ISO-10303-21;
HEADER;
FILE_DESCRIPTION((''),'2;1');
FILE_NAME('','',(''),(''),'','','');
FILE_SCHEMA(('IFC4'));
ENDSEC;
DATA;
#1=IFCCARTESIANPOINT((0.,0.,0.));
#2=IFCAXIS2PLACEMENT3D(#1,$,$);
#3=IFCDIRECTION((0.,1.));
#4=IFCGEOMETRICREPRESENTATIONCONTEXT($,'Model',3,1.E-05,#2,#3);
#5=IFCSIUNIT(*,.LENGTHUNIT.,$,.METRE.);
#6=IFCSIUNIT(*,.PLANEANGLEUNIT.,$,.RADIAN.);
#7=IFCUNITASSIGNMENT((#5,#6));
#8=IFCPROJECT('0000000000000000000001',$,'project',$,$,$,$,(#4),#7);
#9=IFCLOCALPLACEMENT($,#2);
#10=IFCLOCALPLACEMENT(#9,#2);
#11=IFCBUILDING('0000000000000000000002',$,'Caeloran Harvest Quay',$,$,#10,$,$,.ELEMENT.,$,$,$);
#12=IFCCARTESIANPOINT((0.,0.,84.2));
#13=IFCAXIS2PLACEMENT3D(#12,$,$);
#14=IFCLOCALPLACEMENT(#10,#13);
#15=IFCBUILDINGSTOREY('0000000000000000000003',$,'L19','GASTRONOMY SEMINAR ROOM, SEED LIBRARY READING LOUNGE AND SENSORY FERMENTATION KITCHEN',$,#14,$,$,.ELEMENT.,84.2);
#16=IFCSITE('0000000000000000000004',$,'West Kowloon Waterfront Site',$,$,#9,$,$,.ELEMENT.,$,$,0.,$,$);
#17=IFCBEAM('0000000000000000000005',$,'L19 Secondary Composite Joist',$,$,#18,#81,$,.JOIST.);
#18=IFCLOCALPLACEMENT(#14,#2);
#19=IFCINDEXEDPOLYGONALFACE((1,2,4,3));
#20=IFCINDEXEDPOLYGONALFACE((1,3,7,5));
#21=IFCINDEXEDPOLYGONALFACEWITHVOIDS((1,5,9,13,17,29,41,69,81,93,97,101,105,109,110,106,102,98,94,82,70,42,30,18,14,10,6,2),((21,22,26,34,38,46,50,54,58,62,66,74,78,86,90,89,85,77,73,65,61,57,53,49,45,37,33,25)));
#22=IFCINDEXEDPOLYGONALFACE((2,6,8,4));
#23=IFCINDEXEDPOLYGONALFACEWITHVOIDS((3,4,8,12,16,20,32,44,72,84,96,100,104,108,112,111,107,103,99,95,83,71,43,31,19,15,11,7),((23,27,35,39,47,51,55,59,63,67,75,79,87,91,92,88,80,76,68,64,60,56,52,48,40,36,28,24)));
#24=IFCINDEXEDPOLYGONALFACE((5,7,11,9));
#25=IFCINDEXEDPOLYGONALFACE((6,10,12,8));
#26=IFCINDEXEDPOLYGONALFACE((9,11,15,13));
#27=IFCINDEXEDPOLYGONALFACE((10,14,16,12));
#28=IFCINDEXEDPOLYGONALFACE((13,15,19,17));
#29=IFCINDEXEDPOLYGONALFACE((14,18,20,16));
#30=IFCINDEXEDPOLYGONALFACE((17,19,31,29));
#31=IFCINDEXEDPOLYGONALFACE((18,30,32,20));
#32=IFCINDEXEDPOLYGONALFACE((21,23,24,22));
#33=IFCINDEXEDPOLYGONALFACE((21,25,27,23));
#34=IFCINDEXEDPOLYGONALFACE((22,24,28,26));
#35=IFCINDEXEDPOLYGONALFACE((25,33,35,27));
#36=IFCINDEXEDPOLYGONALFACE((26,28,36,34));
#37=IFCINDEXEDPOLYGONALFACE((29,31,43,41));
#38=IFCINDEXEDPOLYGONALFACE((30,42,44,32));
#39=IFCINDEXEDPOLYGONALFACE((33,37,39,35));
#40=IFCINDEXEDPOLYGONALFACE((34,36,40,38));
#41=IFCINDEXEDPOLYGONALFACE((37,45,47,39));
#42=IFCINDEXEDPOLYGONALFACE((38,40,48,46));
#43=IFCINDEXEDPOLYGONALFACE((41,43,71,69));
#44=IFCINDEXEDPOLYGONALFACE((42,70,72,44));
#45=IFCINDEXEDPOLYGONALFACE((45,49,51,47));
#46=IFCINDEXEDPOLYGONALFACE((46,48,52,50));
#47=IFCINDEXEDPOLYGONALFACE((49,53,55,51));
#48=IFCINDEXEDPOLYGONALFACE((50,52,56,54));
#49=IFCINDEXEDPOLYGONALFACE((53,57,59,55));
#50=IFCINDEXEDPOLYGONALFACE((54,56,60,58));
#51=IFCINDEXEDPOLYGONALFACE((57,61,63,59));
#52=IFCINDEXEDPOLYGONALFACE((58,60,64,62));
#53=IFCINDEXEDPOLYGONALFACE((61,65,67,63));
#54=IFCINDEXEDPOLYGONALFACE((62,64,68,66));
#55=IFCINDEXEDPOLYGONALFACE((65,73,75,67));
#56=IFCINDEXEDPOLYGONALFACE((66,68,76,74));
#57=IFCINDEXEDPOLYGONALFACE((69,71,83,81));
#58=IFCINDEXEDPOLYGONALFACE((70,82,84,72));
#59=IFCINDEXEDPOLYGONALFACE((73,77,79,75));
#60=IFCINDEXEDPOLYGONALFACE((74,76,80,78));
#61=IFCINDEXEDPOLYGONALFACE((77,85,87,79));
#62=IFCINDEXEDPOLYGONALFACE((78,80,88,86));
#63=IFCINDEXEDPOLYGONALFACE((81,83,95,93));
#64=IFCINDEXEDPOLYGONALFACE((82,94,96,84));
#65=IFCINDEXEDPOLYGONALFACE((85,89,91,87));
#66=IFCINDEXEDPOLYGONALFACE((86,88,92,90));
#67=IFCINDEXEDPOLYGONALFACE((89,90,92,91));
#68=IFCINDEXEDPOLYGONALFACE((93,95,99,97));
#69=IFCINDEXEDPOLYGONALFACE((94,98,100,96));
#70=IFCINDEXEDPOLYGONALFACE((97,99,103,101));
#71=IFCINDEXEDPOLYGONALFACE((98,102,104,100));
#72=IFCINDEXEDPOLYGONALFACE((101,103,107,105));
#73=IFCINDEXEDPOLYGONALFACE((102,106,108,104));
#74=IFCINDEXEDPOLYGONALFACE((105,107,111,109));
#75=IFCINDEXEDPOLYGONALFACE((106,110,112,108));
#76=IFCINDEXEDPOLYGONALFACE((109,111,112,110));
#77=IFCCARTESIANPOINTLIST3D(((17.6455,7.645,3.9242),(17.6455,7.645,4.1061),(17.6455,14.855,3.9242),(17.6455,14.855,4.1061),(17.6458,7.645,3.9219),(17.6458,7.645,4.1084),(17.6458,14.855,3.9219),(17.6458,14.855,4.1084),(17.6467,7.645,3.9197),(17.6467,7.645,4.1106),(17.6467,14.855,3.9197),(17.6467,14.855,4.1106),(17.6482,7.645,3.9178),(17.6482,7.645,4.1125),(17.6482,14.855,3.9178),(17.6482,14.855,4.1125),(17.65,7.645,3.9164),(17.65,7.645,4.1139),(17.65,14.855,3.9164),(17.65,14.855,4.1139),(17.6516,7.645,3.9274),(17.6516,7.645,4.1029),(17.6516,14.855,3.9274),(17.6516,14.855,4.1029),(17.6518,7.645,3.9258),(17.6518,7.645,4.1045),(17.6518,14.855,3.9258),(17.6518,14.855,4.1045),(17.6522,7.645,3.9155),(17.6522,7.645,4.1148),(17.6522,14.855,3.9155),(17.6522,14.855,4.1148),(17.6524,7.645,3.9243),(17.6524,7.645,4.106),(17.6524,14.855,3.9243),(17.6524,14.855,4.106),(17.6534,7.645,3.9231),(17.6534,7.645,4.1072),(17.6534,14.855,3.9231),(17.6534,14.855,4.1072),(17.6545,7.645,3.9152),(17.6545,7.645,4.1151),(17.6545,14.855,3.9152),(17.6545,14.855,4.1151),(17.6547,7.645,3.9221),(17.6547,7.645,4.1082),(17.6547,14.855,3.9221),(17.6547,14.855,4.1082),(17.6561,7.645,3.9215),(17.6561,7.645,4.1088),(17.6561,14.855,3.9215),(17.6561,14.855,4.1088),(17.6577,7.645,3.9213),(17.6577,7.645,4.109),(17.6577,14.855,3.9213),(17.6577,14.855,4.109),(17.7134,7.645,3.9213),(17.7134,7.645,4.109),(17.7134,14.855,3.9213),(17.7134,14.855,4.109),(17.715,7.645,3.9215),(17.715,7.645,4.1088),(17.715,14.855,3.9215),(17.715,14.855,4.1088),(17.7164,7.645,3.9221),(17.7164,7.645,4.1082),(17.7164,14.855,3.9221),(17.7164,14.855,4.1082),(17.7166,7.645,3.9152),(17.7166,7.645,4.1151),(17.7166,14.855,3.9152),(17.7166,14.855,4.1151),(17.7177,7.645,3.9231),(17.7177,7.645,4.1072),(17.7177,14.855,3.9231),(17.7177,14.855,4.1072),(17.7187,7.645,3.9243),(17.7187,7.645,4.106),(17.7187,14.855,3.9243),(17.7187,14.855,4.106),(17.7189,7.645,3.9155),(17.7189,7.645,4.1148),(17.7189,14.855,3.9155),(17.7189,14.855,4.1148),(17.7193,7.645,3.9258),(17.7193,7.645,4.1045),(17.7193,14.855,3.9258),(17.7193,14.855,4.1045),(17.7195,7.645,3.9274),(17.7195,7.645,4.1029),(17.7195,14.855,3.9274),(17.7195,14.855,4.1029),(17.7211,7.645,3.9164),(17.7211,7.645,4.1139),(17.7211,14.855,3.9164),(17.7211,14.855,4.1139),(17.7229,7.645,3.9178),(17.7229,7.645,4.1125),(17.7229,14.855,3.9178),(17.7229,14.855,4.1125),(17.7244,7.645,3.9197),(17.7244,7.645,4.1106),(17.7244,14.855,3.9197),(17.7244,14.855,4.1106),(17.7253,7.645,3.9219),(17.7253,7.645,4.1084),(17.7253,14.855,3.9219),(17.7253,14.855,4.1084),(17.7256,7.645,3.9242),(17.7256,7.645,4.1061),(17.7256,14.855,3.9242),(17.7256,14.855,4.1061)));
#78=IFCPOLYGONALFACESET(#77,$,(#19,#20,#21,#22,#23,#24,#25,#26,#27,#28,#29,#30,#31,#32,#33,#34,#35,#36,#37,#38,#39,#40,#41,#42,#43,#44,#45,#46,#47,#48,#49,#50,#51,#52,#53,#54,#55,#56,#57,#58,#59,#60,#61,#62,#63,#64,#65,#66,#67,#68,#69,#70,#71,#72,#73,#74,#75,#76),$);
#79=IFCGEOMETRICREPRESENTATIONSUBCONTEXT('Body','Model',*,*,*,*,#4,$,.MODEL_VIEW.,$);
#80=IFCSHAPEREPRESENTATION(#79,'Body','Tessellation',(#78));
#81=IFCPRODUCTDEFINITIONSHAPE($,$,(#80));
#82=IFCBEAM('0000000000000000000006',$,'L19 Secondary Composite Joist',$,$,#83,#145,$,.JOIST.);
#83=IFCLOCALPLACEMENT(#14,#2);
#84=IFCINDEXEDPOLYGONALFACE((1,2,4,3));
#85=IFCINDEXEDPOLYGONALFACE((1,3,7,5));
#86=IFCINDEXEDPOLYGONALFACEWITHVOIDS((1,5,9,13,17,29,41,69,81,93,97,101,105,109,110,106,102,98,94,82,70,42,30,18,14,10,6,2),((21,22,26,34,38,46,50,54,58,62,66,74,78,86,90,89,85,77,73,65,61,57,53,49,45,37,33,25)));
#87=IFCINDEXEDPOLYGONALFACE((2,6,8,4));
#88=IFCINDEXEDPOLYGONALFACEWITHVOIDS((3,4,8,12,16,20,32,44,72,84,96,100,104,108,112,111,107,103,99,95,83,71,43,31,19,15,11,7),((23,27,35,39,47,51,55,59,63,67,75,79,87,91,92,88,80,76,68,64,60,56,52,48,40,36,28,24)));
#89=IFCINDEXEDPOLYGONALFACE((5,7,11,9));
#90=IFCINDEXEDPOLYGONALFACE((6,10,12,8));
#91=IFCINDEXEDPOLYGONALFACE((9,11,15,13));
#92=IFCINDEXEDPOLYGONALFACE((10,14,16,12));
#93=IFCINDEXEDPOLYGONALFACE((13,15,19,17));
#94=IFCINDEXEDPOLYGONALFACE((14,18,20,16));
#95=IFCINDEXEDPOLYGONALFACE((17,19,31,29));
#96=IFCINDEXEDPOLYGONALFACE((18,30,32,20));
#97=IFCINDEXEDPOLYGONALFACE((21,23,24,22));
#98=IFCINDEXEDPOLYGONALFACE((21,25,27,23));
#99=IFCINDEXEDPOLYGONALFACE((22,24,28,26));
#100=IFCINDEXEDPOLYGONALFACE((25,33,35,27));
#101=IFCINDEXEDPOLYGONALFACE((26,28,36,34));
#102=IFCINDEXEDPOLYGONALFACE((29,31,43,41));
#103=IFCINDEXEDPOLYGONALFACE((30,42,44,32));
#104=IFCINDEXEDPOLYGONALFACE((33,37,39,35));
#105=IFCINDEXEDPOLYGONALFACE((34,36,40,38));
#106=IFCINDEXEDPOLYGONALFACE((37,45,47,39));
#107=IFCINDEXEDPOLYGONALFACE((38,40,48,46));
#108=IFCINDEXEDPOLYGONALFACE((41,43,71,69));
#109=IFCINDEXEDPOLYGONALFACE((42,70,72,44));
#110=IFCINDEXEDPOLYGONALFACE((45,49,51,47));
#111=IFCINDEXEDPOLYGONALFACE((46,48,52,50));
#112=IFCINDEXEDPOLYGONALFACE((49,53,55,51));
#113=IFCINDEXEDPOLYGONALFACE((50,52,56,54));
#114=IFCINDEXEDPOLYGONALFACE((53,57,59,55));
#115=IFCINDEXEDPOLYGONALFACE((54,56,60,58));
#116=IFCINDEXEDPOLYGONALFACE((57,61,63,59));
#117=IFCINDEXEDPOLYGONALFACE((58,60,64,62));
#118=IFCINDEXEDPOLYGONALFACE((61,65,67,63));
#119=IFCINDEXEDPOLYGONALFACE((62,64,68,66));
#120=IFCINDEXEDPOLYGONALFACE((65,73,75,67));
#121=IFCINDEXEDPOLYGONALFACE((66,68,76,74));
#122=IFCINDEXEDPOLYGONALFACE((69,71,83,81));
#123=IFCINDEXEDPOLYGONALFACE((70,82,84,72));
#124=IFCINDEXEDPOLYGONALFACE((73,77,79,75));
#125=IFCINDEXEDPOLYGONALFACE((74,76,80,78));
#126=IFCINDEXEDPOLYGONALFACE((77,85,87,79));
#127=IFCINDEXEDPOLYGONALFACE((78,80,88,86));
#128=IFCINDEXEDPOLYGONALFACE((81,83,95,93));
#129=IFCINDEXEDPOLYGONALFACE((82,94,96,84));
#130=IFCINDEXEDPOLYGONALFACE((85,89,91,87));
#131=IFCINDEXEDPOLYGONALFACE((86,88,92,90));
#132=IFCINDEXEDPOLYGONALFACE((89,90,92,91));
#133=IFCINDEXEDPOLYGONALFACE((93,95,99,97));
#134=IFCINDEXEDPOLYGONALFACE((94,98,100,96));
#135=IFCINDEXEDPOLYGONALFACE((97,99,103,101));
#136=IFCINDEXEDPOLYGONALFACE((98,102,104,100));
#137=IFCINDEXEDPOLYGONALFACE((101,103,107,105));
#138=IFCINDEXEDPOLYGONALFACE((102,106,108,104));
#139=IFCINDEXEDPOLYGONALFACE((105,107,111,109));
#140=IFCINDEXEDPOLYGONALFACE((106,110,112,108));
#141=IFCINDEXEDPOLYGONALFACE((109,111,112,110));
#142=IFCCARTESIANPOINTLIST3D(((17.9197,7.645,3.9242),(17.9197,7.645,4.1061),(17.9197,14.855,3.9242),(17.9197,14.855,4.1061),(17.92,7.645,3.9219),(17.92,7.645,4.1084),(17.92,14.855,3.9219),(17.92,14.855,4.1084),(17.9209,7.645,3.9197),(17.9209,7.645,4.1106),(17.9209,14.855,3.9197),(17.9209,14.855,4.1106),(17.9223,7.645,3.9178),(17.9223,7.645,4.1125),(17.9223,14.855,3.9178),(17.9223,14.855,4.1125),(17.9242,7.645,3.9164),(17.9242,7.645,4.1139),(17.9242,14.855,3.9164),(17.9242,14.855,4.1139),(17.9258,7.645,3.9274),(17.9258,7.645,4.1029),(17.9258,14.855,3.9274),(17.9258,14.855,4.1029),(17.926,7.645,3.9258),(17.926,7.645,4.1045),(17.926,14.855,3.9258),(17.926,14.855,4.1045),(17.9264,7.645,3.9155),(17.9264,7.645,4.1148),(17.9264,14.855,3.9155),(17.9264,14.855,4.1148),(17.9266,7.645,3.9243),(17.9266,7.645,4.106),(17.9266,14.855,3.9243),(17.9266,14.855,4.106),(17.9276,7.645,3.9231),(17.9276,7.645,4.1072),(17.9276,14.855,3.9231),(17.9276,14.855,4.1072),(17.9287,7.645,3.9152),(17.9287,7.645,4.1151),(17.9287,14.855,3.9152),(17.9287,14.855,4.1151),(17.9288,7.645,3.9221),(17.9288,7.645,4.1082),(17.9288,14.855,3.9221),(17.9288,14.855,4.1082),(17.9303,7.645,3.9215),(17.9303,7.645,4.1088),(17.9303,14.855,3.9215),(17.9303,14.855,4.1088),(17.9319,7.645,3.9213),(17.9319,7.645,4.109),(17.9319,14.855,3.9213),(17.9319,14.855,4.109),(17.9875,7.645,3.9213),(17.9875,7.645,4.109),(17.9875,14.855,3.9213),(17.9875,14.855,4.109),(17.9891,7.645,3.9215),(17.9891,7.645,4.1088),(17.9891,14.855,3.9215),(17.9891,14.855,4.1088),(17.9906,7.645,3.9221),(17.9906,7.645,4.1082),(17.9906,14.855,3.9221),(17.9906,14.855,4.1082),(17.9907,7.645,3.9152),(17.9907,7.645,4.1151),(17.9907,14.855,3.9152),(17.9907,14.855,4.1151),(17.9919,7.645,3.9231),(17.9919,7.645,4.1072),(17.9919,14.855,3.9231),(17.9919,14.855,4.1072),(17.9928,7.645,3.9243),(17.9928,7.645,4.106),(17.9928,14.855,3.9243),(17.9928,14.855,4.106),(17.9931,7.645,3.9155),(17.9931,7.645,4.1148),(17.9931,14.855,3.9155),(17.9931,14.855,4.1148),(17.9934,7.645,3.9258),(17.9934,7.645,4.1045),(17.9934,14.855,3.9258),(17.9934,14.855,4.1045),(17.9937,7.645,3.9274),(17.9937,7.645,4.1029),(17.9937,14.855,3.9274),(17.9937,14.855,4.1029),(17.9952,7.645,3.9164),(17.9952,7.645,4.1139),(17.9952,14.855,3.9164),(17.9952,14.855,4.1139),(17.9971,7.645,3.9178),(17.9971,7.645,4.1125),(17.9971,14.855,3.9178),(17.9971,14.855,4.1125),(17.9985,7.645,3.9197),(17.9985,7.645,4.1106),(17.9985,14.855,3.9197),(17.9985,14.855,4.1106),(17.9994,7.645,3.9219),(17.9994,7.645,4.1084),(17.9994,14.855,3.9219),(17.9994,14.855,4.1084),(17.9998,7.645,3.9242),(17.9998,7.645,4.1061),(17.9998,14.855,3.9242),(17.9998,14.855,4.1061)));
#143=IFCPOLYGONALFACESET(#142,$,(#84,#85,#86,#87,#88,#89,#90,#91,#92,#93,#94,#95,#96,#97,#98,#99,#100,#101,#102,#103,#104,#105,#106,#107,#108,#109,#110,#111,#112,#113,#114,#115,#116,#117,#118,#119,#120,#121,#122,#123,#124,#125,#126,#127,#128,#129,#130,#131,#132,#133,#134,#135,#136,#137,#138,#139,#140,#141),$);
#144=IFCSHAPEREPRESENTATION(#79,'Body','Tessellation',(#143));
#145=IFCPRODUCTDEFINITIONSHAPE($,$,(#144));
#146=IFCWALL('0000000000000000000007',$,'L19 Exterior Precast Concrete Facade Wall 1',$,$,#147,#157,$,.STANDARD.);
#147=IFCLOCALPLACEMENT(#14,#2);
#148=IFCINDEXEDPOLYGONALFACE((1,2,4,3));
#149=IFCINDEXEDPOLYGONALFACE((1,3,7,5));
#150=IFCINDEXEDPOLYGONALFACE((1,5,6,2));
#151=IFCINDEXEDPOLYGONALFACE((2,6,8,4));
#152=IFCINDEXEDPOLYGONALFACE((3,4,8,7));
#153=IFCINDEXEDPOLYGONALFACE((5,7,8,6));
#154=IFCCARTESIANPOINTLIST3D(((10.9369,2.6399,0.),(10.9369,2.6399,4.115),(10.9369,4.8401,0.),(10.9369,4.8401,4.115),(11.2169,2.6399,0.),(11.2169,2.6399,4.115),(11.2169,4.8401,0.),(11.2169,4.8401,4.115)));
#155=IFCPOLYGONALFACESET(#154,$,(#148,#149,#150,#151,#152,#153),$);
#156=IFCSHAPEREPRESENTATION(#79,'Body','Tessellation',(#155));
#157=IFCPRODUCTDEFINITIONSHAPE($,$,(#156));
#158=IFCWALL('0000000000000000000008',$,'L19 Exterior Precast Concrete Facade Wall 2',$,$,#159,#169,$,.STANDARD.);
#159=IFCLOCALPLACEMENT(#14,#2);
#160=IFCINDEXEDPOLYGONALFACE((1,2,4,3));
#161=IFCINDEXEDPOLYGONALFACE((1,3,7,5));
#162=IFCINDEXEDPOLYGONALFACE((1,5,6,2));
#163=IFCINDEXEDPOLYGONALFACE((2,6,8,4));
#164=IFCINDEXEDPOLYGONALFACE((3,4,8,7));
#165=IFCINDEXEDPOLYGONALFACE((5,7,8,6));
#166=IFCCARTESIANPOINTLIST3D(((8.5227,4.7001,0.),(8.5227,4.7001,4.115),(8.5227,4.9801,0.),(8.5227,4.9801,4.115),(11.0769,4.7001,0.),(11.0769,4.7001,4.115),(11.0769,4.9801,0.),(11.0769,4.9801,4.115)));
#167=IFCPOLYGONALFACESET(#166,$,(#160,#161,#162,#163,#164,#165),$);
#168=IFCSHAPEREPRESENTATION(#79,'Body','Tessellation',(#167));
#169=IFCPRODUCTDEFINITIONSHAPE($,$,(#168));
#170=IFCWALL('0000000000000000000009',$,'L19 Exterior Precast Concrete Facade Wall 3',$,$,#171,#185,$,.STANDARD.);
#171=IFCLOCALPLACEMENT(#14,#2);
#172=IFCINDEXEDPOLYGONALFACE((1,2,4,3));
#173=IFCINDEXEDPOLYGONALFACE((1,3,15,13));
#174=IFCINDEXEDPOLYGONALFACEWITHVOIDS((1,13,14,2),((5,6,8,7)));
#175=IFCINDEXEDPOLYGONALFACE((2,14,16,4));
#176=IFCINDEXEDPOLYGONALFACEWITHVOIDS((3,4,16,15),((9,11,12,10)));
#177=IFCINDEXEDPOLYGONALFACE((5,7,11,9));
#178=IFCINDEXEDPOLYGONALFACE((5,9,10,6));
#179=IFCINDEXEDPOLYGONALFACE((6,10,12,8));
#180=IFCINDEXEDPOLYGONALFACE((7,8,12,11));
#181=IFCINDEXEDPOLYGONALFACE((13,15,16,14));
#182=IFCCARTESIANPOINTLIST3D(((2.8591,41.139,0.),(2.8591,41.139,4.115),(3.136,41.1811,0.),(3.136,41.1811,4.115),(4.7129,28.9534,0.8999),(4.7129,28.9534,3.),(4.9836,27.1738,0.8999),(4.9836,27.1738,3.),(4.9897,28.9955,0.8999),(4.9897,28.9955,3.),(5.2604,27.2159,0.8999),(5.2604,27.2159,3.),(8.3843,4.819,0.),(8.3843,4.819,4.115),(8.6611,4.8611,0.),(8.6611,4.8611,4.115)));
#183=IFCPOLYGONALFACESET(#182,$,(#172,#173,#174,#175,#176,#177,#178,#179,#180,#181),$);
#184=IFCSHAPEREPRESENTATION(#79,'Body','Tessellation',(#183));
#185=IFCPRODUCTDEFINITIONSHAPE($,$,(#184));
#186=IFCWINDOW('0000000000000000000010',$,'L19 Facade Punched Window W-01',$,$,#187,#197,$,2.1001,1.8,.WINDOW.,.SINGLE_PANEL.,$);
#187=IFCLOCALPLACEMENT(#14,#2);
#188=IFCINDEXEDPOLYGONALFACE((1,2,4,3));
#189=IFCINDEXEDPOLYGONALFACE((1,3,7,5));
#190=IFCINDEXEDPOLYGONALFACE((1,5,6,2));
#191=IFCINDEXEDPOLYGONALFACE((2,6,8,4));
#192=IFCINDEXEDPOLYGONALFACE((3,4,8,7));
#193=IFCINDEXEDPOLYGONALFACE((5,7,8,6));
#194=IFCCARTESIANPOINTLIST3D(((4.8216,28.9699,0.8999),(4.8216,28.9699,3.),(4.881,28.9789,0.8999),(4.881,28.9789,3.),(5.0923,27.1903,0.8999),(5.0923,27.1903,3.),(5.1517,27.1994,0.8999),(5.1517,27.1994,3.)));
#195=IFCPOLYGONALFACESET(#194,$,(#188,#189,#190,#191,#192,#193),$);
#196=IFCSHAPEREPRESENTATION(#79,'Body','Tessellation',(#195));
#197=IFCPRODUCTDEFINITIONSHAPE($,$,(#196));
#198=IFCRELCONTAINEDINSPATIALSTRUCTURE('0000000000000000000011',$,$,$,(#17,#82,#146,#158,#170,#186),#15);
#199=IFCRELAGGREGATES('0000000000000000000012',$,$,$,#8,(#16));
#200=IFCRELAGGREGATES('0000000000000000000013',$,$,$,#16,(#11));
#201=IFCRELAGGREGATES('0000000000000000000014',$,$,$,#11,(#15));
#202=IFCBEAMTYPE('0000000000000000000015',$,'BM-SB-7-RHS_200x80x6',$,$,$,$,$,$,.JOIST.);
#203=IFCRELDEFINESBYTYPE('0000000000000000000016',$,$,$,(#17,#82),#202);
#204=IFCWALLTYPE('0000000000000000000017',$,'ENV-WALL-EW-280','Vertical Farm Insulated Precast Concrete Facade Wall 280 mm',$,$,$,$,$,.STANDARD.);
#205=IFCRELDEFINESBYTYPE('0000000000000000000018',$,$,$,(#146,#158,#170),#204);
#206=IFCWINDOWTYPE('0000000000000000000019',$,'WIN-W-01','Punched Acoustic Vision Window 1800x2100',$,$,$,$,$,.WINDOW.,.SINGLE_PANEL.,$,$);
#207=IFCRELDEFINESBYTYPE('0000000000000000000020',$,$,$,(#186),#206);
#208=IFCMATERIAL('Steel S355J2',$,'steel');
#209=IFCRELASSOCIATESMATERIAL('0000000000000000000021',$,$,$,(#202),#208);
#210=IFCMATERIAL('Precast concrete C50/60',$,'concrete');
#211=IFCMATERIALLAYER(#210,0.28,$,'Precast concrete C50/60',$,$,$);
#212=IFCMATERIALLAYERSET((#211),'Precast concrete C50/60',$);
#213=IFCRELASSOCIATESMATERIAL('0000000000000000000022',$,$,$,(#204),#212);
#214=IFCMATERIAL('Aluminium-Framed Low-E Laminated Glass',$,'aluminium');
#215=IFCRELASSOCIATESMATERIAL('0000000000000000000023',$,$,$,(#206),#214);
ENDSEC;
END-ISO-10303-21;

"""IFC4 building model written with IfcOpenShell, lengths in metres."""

from ifc_helpers import new_model, si_unit, direction, frame, frame_2d, origin, origin_2d, place, context, subcontext, project, spatial, rectangle, hollow_rectangle, extrude, material, layer, layer_set, material_profile, profile_set, type_object, element, fill, save


model = new_model("IFC4")

# Units and contexts
model_context = context("Model", 3, precision=1e-05, world=origin(), true_north=direction((0.0, 1.0)))
body_context = subcontext(model_context, "Body", "Model", "MODEL_VIEW")
ifc_project = project(units=[si_unit("LENGTHUNIT", "METRE"), si_unit("PLANEANGLEUNIT", "RADIAN")], contexts=[model_context])

# Site, building, storey
site_placement = place(None, origin())
site = spatial("IfcSite", under=ifc_project, at=site_placement, Name="West Kowloon Waterfront Site", CompositionType="ELEMENT", RefElevation=0.0)
building_placement = place(site_placement, origin())
building = spatial("IfcBuilding", under=site, at=building_placement, Name="Caeloran Harvest Quay", CompositionType="ELEMENT")
storey_placement = place(building_placement, frame((0.0, 0.0, 84.2)))
storey = spatial("IfcBuildingStorey", under=building, at=storey_placement, Name="L19", Description="GASTRONOMY SEMINAR ROOM, SEED LIBRARY READING LOUNGE AND SENSORY FERMENTATION KITCHEN", CompositionType="ELEMENT", Elevation=84.2)

# Beams
ifc_material_1 = material(Name="Steel S355J2", Category="steel")
ifc_material_profile_1 = material_profile(ifc_material_1, hollow_rectangle(XDim=0.0801, YDim=0.2, WallThickness=0.0061, InnerFilletRadius=0.0061, OuterFilletRadius=0.009, at=origin_2d()), Name="RHS 200x80x6")
ifc_profile_set_1 = profile_set([ifc_material_profile_1], Name="Steel S355J2")
beam_type_1 = type_object("IfcBeamType", Name="BM-SB-7-RHS_200x80x6", PredefinedType="JOIST", material=ifc_profile_set_1)
for number, where, z_axis, x_axis, name in (
    (1, (17.6855, 7.645, 4.0151), (0.0, 1.0, 0.0), (-1.0, 0.0, 0.0), "L19 Secondary Composite Joist"),
    (2, (17.9597, 7.645, 4.0151), (0.0, 1.0, 0.0), (-1.0, 0.0, 0.0), "L19 Secondary Composite Joist"),
):
    element("IfcBeam", number, at=place(storey_placement, frame(where, z_axis=z_axis, x_axis=x_axis)), inside=storey, type_object=beam_type_1, Name=name, PredefinedType="JOIST", context=body_context, shape_type="SweptSolid", body=[
        extrude(hollow_rectangle(XDim=0.0801, YDim=0.2, WallThickness=0.0061, InnerFilletRadius=0.0061, OuterFilletRadius=0.009, at=origin_2d()), origin(), (0.0, 0.0, 1.0), 7.21),
    ])

# Walls
ifc_material_2 = material(Name="Precast concrete C50/60", Category="concrete")
ifc_layer_1 = layer(ifc_material_2, 0.28, Name="Precast concrete C50/60")
ifc_layer_set_1 = layer_set([ifc_layer_1], Name="Precast concrete C50/60")
wall_type_1 = type_object("IfcWallType", Name="ENV-WALL-EW-280", Description="Vertical Farm Insulated Precast Concrete Facade Wall 280 mm", PredefinedType="STANDARD", material=ifc_layer_set_1)
wall_1_placement = place(storey_placement, frame((11.0769, 2.6399, 0.0), z_axis=(0.0, 0.0, 1.0), x_axis=(0.0, 1.0, 0.0)))
element("IfcWall", 3, at=wall_1_placement, inside=storey, type_object=wall_type_1, Name="L19 Exterior Precast Concrete Facade Wall 1", PredefinedType="STANDARD", context=body_context, shape_type="SweptSolid", body=[
    extrude(rectangle(XDim=2.2002, YDim=0.28, at=frame_2d((1.1001, 0.0))), origin(), (0.0, 0.0, 1.0), 4.115),
])
wall_2_placement = place(storey_placement, frame((11.0769, 4.8401, 0.0), z_axis=(0.0, 0.0, 1.0), x_axis=(-1.0, 0.0, 0.0)))
element("IfcWall", 4, at=wall_2_placement, inside=storey, type_object=wall_type_1, Name="L19 Exterior Precast Concrete Facade Wall 2", PredefinedType="STANDARD", context=body_context, shape_type="SweptSolid", body=[
    extrude(rectangle(XDim=2.5542, YDim=0.28, at=frame_2d((1.2771, 0.0))), origin(), (0.0, 0.0, 1.0), 4.115),
])

# Wall, opening, window
wall_3_placement = place(storey_placement, frame((8.5227, 4.8401, 0.0), z_axis=(0.0, 0.0, 1.0), x_axis=(-0.150395, 0.988626, 0.0)))
wall_3 = element("IfcWall", 5, at=wall_3_placement, inside=storey, type_object=wall_type_1, Name="L19 Exterior Precast Concrete Facade Wall 3", PredefinedType="STANDARD", context=body_context, shape_type="SweptSolid", body=[
    extrude(rectangle(XDim=36.7378, YDim=0.28, at=frame_2d((18.3689, 0.0))), origin(), (0.0, 0.0, 1.0), 4.115),
])
opening_placement = place(wall_3_placement, frame((22.6121, 0.0, 0.8999)))
opening = element("IfcOpeningElement", 6, at=opening_placement, cuts=wall_3, PredefinedType="OPENING", context=body_context, shape_type="SweptSolid", body=[
    extrude(rectangle(XDim=1.8, YDim=2.1001, at=frame_2d((0.8999, 1.05))), frame((0.0, 0.1499, 0.0), z_axis=(0.0, -1.0, 0.0), x_axis=(1.0, 0.0, 0.0)), (0.0, 0.0, 1.0), 0.3),
])
ifc_material_3 = material(Name="Aluminium-Framed Low-E Laminated Glass", Category="aluminium")
window_type = type_object("IfcWindowType", Name="WIN-W-01", Description="Punched Acoustic Vision Window 1800x2100", PartitioningType="SINGLE_PANEL", PredefinedType="WINDOW", material=ifc_material_3)
window_placement = place(opening_placement, origin())
window = element("IfcWindow", 7, at=window_placement, inside=storey, type_object=window_type, Name="L19 Facade Punched Window W-01", OverallHeight=2.1001, OverallWidth=1.8, PartitioningType="SINGLE_PANEL", PredefinedType="WINDOW", context=body_context, shape_type="SweptSolid", body=[
    extrude(rectangle(XDim=1.8, YDim=2.1001, at=frame_2d((0.8999, 1.05))), frame((0.0, 0.03, 0.0), z_axis=(0.0, -1.0, 0.0), x_axis=(1.0, 0.0, 0.0)), (0.0, 0.0, 1.0), 0.0601),
])
fill(opening, window)

save(model, "model.ifc")
